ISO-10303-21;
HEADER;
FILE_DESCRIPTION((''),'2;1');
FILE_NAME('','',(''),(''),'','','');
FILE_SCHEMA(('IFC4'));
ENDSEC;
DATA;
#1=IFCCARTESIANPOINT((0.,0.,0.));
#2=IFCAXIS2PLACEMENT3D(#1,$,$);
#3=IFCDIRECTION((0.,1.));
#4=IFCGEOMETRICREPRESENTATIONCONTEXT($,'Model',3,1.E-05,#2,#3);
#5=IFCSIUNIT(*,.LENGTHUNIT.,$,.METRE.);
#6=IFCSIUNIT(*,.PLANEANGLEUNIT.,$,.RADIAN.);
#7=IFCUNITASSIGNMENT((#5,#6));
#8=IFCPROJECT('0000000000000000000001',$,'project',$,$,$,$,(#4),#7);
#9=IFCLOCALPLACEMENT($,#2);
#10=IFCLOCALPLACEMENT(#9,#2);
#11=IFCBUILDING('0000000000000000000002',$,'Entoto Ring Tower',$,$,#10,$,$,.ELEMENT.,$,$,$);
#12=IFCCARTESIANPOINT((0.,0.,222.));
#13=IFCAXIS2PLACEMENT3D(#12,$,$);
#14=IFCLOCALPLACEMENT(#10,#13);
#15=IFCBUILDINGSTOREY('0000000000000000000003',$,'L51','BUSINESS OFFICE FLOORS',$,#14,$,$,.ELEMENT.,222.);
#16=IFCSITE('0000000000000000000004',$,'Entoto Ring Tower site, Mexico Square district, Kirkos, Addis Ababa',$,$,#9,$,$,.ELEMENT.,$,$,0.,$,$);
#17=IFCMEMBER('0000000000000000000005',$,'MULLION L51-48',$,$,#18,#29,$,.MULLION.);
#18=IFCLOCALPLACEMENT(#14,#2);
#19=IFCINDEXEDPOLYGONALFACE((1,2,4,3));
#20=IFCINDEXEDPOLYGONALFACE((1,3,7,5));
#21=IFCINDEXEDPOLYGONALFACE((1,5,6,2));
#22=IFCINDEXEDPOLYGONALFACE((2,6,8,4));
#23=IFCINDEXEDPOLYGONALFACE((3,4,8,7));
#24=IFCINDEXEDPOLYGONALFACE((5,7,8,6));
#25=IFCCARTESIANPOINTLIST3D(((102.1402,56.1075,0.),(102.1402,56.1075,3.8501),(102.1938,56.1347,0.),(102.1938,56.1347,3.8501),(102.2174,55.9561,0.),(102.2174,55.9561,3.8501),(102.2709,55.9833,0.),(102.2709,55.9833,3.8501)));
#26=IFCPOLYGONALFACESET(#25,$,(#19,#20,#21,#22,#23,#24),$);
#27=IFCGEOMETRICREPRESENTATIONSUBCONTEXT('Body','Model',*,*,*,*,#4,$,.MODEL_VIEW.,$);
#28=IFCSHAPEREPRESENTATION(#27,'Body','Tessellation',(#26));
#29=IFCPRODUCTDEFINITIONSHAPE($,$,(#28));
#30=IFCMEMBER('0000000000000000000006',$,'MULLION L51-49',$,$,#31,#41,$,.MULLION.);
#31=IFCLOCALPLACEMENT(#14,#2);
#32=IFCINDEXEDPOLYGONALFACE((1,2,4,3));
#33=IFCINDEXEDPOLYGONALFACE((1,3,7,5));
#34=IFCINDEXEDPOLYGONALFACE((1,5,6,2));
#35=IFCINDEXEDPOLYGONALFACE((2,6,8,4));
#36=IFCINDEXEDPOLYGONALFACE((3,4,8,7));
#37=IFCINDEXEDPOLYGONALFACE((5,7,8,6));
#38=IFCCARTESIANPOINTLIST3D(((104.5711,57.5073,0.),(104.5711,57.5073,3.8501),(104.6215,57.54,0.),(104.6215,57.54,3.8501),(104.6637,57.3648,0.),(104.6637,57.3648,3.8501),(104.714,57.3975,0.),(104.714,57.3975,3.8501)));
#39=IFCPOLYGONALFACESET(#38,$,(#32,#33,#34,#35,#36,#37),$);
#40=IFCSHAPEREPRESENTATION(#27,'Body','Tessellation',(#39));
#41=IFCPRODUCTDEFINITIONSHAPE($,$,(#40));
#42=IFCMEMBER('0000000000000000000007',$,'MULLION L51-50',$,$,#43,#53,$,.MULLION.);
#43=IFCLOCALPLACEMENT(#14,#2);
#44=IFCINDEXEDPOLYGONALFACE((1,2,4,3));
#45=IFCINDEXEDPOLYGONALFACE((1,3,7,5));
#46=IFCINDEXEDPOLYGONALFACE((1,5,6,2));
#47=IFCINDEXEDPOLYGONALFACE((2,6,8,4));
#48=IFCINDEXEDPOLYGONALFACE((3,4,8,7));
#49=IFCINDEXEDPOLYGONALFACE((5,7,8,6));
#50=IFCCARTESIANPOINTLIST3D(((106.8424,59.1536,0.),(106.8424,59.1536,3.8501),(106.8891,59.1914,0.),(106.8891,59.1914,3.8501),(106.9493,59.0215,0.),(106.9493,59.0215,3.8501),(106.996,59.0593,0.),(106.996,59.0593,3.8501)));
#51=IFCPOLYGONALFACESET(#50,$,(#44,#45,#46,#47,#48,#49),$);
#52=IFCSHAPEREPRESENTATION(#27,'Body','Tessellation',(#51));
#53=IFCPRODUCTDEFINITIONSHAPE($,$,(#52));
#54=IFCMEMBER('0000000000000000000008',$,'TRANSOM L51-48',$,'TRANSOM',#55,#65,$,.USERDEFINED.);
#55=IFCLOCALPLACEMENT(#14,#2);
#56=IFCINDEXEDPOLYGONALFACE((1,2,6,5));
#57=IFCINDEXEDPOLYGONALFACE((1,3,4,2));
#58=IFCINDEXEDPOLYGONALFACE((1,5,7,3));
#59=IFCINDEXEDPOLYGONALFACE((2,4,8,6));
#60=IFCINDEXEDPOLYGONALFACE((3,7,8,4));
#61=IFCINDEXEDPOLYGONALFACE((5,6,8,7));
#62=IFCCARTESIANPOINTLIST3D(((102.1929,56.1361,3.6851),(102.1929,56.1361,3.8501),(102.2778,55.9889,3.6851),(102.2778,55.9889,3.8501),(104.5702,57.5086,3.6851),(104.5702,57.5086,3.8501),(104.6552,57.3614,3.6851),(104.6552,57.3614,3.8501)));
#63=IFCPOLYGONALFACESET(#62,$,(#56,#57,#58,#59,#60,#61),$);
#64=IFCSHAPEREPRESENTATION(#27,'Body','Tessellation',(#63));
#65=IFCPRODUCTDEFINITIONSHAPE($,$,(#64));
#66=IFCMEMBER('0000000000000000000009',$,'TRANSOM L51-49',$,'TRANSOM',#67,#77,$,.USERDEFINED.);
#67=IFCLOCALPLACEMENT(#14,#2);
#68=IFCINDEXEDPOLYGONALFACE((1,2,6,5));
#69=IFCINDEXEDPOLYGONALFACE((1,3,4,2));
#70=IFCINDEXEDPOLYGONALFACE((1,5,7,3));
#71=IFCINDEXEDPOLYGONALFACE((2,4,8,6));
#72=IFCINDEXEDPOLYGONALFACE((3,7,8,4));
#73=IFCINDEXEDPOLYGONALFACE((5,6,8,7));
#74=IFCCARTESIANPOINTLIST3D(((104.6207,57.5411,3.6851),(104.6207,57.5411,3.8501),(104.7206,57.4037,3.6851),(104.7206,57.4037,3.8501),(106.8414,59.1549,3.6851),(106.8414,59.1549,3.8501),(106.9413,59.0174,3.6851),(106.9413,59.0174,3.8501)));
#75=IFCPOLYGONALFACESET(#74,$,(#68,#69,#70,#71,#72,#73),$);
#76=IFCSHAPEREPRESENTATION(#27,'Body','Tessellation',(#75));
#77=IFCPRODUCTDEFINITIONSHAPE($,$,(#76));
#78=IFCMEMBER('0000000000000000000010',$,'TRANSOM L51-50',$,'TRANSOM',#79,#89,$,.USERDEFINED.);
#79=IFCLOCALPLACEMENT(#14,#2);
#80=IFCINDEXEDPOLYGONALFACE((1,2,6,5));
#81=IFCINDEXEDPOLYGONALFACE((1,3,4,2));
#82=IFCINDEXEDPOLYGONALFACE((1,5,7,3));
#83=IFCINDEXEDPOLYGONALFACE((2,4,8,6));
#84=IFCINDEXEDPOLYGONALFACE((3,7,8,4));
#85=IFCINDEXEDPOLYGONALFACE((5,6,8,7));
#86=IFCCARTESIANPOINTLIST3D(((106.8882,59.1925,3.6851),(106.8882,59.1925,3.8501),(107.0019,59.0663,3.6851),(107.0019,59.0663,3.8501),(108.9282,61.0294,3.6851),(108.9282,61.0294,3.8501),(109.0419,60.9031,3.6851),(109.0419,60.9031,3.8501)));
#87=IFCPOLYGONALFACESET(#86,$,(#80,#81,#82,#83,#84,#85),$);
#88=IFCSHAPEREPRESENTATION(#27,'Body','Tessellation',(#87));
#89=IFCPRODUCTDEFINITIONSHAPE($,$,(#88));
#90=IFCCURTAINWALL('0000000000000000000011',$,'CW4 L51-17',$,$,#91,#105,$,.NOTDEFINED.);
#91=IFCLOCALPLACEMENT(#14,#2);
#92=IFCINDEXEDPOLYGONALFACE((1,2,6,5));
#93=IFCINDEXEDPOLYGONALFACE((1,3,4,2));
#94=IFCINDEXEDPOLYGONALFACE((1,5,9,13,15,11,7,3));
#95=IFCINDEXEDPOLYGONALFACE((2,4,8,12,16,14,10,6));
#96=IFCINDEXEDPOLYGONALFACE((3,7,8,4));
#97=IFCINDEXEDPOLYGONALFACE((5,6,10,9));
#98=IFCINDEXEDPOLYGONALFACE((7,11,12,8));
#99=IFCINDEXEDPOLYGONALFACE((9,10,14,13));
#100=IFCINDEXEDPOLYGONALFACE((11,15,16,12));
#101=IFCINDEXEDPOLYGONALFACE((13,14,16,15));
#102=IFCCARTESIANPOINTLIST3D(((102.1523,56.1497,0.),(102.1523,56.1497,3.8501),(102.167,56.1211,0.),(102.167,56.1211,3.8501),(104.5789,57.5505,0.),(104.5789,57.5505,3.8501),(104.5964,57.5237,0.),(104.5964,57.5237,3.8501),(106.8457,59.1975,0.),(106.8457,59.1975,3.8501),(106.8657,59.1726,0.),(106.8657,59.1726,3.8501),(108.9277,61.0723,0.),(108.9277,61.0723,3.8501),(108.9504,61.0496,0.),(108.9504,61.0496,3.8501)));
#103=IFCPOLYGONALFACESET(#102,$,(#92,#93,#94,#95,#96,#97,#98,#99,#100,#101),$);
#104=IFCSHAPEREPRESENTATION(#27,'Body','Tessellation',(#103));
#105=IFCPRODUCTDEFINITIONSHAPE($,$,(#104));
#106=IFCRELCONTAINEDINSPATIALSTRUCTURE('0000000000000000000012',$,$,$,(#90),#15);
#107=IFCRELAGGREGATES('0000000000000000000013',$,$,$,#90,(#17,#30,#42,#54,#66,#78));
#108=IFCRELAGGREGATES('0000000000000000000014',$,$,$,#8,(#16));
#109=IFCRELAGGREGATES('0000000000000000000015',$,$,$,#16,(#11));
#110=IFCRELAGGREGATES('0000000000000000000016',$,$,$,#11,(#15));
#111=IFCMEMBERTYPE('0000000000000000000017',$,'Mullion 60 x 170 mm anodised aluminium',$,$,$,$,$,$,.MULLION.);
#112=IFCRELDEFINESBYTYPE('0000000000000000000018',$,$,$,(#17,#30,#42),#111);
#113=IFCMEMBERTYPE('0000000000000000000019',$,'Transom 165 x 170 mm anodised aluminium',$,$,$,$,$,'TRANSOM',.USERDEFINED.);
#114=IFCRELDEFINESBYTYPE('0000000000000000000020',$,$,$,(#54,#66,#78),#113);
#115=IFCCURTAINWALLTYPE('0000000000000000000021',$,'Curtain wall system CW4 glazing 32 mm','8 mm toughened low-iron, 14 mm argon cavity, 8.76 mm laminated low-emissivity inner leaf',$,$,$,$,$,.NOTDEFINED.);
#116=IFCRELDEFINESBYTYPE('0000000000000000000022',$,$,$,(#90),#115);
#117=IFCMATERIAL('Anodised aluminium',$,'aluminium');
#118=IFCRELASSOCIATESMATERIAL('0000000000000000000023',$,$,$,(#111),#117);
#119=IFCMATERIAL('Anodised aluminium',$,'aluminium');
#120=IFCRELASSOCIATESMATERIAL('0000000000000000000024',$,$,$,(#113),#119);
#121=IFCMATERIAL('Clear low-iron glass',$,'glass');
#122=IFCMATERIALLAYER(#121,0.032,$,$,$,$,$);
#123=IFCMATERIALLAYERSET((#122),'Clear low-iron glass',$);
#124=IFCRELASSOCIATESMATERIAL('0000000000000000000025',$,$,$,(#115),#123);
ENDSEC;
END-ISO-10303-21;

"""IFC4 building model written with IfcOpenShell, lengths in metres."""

from ifc_helpers import new_model, si_unit, direction, frame, origin, origin_2d, place, context, subcontext, project, spatial, polyline, rectangle, outline, extrude, material, layer, layer_set, material_profile, profile_set, type_object, element, aggregate, save


model = new_model("IFC4")

# Units and contexts
model_context = context("Model", 3, precision=1e-05, world=origin(), true_north=direction((0.0, 1.0)))
body_context = subcontext(model_context, "Body", "Model", "MODEL_VIEW")
ifc_project = project(units=[si_unit("LENGTHUNIT", "METRE"), si_unit("PLANEANGLEUNIT", "RADIAN")], contexts=[model_context])

# Members
ifc_material_1 = material(Name="Anodised aluminium", Category="aluminium")
ifc_material_profile_1 = material_profile(ifc_material_1, rectangle(XDim=0.0601, YDim=0.1699, at=origin_2d()), Name="Mullion 60 x 170 mm anodised aluminium")
ifc_profile_set_1 = profile_set([ifc_material_profile_1], Name="Anodised aluminium")
member_type_1 = type_object("IfcMemberType", Name="Mullion 60 x 170 mm anodised aluminium", PredefinedType="MULLION", material=ifc_profile_set_1)
site_placement = place(None, origin())
building_placement = place(site_placement, origin())
storey_placement = place(building_placement, frame((0.0, 0.0, 222.0)))
member_1_placement = place(storey_placement, frame((102.2056, 56.0454, 0.0), z_axis=(0.0, 0.0, 1.0), x_axis=(0.891007, 0.45399, 0.0)))
member_1 = element("IfcMember", 1, at=member_1_placement, type_object=member_type_1, Name="MULLION L51-48", PredefinedType="MULLION", context=body_context, shape_type="SweptSolid", body=[
    extrude(rectangle(XDim=0.0601, YDim=0.1699, at=origin_2d()), origin(), (0.0, 0.0, 1.0), 3.8501),
])
member_2_placement = place(storey_placement, frame((104.6426, 57.4524, 0.0), z_axis=(0.0, 0.0, 1.0), x_axis=(0.838671, 0.544639, 0.0)))
member_2 = element("IfcMember", 2, at=member_2_placement, type_object=member_type_1, Name="MULLION L51-49", PredefinedType="MULLION", context=body_context, shape_type="SweptSolid", body=[
    extrude(rectangle(XDim=0.0601, YDim=0.1699, at=origin_2d()), origin(), (0.0, 0.0, 1.0), 3.8501),
])
member_3_placement = place(storey_placement, frame((106.9192, 59.1064, 0.0), z_axis=(0.0, 0.0, 1.0), x_axis=(0.777146, 0.62932, 0.0)))
member_3 = element("IfcMember", 3, at=member_3_placement, type_object=member_type_1, Name="MULLION L51-50", PredefinedType="MULLION", context=body_context, shape_type="SweptSolid", body=[
    extrude(rectangle(XDim=0.0601, YDim=0.1699, at=origin_2d()), origin(), (0.0, 0.0, 1.0), 3.8501),
])
ifc_material_2 = material(Name="Anodised aluminium", Category="aluminium")
ifc_material_profile_2 = material_profile(ifc_material_2, rectangle(XDim=0.1699, YDim=0.165, at=origin_2d()), Name="Transom 165 x 170 mm anodised aluminium")
ifc_profile_set_2 = profile_set([ifc_material_profile_2], Name="Anodised aluminium")
member_type_2 = type_object("IfcMemberType", Name="Transom 165 x 170 mm anodised aluminium", ElementType="TRANSOM", PredefinedType="USERDEFINED", material=ifc_profile_set_2)
member_4_placement = place(storey_placement, frame((102.2354, 56.0625, 3.7676), z_axis=(0.866035, 0.499984, 0.0), x_axis=(-0.499984, 0.866035, 0.0)))
member_4 = element("IfcMember", 4, at=member_4_placement, type_object=member_type_2, Name="TRANSOM L51-48", ObjectType="TRANSOM", PredefinedType="USERDEFINED", context=body_context, shape_type="SweptSolid", body=[
    extrude(rectangle(XDim=0.1699, YDim=0.165, at=origin_2d()), origin(), (0.0, 0.0, 1.0), 2.7451),
])
member_5_placement = place(storey_placement, frame((104.6707, 57.4724, 3.7676), z_axis=(0.808959, 0.587865, 0.0), x_axis=(-0.587865, 0.808959, 0.0)))
member_5 = element("IfcMember", 5, at=member_5_placement, type_object=member_type_2, Name="TRANSOM L51-49", ObjectType="TRANSOM", PredefinedType="USERDEFINED", context=body_context, shape_type="SweptSolid", body=[
    extrude(rectangle(XDim=0.1699, YDim=0.165, at=origin_2d()), origin(), (0.0, 0.0, 1.0), 2.7451),
])
member_6_placement = place(storey_placement, frame((106.9451, 59.1294, 3.7676), z_axis=(0.743135, 0.669142, 0.0), x_axis=(-0.669142, 0.743135, 0.0)))
member_6 = element("IfcMember", 6, at=member_6_placement, type_object=member_type_2, Name="TRANSOM L51-50", ObjectType="TRANSOM", PredefinedType="USERDEFINED", context=body_context, shape_type="SweptSolid", body=[
    extrude(rectangle(XDim=0.1699, YDim=0.165, at=origin_2d()), origin(), (0.0, 0.0, 1.0), 2.7451),
])

# Site, building, storey
site = spatial("IfcSite", under=ifc_project, at=site_placement, Name="Entoto Ring Tower site, Mexico Square district, Kirkos, Addis Ababa", CompositionType="ELEMENT", RefElevation=0.0)
building = spatial("IfcBuilding", under=site, at=building_placement, Name="Entoto Ring Tower", CompositionType="ELEMENT")
storey = spatial("IfcBuildingStorey", under=building, at=storey_placement, Name="L51", Description="BUSINESS OFFICE FLOORS", CompositionType="ELEMENT", Elevation=222.0)

# Curtain wall
ifc_material_3 = material(Name="Clear low-iron glass", Category="glass")
ifc_layer_1 = layer(ifc_material_3, 0.032)
ifc_layer_set_1 = layer_set([ifc_layer_1], Name="Clear low-iron glass")
curtain_wall_type = type_object("IfcCurtainWallType", Name="Curtain wall system CW4 glazing 32 mm", Description="8 mm toughened low-iron, 14 mm argon cavity, 8.76 mm laminated low-emissivity inner leaf", PredefinedType="NOTDEFINED", material=ifc_layer_set_1)
curtain_wall_1_placement = place(storey_placement, origin())
curtain_wall_1 = element("IfcCurtainWall", 7, at=curtain_wall_1_placement, inside=storey, type_object=curtain_wall_type, Name="CW4 L51-17", PredefinedType="NOTDEFINED", context=body_context, shape_type="SweptSolid", body=[
    extrude(outline(polyline([(102.167, 56.1211), (104.5964, 57.5237), (106.8657, 59.1726), (108.9504, 61.0496), (108.9277, 61.0723), (106.8457, 59.1975), (104.5789, 57.5505), (102.1523, 56.1497), (102.167, 56.1211)])), origin(), (0.0, 0.0, 1.0), 3.8501),
])
aggregate(curtain_wall_1, [member_1, member_2, member_3, member_4, member_5, member_6])

save(model, "model.ifc")
